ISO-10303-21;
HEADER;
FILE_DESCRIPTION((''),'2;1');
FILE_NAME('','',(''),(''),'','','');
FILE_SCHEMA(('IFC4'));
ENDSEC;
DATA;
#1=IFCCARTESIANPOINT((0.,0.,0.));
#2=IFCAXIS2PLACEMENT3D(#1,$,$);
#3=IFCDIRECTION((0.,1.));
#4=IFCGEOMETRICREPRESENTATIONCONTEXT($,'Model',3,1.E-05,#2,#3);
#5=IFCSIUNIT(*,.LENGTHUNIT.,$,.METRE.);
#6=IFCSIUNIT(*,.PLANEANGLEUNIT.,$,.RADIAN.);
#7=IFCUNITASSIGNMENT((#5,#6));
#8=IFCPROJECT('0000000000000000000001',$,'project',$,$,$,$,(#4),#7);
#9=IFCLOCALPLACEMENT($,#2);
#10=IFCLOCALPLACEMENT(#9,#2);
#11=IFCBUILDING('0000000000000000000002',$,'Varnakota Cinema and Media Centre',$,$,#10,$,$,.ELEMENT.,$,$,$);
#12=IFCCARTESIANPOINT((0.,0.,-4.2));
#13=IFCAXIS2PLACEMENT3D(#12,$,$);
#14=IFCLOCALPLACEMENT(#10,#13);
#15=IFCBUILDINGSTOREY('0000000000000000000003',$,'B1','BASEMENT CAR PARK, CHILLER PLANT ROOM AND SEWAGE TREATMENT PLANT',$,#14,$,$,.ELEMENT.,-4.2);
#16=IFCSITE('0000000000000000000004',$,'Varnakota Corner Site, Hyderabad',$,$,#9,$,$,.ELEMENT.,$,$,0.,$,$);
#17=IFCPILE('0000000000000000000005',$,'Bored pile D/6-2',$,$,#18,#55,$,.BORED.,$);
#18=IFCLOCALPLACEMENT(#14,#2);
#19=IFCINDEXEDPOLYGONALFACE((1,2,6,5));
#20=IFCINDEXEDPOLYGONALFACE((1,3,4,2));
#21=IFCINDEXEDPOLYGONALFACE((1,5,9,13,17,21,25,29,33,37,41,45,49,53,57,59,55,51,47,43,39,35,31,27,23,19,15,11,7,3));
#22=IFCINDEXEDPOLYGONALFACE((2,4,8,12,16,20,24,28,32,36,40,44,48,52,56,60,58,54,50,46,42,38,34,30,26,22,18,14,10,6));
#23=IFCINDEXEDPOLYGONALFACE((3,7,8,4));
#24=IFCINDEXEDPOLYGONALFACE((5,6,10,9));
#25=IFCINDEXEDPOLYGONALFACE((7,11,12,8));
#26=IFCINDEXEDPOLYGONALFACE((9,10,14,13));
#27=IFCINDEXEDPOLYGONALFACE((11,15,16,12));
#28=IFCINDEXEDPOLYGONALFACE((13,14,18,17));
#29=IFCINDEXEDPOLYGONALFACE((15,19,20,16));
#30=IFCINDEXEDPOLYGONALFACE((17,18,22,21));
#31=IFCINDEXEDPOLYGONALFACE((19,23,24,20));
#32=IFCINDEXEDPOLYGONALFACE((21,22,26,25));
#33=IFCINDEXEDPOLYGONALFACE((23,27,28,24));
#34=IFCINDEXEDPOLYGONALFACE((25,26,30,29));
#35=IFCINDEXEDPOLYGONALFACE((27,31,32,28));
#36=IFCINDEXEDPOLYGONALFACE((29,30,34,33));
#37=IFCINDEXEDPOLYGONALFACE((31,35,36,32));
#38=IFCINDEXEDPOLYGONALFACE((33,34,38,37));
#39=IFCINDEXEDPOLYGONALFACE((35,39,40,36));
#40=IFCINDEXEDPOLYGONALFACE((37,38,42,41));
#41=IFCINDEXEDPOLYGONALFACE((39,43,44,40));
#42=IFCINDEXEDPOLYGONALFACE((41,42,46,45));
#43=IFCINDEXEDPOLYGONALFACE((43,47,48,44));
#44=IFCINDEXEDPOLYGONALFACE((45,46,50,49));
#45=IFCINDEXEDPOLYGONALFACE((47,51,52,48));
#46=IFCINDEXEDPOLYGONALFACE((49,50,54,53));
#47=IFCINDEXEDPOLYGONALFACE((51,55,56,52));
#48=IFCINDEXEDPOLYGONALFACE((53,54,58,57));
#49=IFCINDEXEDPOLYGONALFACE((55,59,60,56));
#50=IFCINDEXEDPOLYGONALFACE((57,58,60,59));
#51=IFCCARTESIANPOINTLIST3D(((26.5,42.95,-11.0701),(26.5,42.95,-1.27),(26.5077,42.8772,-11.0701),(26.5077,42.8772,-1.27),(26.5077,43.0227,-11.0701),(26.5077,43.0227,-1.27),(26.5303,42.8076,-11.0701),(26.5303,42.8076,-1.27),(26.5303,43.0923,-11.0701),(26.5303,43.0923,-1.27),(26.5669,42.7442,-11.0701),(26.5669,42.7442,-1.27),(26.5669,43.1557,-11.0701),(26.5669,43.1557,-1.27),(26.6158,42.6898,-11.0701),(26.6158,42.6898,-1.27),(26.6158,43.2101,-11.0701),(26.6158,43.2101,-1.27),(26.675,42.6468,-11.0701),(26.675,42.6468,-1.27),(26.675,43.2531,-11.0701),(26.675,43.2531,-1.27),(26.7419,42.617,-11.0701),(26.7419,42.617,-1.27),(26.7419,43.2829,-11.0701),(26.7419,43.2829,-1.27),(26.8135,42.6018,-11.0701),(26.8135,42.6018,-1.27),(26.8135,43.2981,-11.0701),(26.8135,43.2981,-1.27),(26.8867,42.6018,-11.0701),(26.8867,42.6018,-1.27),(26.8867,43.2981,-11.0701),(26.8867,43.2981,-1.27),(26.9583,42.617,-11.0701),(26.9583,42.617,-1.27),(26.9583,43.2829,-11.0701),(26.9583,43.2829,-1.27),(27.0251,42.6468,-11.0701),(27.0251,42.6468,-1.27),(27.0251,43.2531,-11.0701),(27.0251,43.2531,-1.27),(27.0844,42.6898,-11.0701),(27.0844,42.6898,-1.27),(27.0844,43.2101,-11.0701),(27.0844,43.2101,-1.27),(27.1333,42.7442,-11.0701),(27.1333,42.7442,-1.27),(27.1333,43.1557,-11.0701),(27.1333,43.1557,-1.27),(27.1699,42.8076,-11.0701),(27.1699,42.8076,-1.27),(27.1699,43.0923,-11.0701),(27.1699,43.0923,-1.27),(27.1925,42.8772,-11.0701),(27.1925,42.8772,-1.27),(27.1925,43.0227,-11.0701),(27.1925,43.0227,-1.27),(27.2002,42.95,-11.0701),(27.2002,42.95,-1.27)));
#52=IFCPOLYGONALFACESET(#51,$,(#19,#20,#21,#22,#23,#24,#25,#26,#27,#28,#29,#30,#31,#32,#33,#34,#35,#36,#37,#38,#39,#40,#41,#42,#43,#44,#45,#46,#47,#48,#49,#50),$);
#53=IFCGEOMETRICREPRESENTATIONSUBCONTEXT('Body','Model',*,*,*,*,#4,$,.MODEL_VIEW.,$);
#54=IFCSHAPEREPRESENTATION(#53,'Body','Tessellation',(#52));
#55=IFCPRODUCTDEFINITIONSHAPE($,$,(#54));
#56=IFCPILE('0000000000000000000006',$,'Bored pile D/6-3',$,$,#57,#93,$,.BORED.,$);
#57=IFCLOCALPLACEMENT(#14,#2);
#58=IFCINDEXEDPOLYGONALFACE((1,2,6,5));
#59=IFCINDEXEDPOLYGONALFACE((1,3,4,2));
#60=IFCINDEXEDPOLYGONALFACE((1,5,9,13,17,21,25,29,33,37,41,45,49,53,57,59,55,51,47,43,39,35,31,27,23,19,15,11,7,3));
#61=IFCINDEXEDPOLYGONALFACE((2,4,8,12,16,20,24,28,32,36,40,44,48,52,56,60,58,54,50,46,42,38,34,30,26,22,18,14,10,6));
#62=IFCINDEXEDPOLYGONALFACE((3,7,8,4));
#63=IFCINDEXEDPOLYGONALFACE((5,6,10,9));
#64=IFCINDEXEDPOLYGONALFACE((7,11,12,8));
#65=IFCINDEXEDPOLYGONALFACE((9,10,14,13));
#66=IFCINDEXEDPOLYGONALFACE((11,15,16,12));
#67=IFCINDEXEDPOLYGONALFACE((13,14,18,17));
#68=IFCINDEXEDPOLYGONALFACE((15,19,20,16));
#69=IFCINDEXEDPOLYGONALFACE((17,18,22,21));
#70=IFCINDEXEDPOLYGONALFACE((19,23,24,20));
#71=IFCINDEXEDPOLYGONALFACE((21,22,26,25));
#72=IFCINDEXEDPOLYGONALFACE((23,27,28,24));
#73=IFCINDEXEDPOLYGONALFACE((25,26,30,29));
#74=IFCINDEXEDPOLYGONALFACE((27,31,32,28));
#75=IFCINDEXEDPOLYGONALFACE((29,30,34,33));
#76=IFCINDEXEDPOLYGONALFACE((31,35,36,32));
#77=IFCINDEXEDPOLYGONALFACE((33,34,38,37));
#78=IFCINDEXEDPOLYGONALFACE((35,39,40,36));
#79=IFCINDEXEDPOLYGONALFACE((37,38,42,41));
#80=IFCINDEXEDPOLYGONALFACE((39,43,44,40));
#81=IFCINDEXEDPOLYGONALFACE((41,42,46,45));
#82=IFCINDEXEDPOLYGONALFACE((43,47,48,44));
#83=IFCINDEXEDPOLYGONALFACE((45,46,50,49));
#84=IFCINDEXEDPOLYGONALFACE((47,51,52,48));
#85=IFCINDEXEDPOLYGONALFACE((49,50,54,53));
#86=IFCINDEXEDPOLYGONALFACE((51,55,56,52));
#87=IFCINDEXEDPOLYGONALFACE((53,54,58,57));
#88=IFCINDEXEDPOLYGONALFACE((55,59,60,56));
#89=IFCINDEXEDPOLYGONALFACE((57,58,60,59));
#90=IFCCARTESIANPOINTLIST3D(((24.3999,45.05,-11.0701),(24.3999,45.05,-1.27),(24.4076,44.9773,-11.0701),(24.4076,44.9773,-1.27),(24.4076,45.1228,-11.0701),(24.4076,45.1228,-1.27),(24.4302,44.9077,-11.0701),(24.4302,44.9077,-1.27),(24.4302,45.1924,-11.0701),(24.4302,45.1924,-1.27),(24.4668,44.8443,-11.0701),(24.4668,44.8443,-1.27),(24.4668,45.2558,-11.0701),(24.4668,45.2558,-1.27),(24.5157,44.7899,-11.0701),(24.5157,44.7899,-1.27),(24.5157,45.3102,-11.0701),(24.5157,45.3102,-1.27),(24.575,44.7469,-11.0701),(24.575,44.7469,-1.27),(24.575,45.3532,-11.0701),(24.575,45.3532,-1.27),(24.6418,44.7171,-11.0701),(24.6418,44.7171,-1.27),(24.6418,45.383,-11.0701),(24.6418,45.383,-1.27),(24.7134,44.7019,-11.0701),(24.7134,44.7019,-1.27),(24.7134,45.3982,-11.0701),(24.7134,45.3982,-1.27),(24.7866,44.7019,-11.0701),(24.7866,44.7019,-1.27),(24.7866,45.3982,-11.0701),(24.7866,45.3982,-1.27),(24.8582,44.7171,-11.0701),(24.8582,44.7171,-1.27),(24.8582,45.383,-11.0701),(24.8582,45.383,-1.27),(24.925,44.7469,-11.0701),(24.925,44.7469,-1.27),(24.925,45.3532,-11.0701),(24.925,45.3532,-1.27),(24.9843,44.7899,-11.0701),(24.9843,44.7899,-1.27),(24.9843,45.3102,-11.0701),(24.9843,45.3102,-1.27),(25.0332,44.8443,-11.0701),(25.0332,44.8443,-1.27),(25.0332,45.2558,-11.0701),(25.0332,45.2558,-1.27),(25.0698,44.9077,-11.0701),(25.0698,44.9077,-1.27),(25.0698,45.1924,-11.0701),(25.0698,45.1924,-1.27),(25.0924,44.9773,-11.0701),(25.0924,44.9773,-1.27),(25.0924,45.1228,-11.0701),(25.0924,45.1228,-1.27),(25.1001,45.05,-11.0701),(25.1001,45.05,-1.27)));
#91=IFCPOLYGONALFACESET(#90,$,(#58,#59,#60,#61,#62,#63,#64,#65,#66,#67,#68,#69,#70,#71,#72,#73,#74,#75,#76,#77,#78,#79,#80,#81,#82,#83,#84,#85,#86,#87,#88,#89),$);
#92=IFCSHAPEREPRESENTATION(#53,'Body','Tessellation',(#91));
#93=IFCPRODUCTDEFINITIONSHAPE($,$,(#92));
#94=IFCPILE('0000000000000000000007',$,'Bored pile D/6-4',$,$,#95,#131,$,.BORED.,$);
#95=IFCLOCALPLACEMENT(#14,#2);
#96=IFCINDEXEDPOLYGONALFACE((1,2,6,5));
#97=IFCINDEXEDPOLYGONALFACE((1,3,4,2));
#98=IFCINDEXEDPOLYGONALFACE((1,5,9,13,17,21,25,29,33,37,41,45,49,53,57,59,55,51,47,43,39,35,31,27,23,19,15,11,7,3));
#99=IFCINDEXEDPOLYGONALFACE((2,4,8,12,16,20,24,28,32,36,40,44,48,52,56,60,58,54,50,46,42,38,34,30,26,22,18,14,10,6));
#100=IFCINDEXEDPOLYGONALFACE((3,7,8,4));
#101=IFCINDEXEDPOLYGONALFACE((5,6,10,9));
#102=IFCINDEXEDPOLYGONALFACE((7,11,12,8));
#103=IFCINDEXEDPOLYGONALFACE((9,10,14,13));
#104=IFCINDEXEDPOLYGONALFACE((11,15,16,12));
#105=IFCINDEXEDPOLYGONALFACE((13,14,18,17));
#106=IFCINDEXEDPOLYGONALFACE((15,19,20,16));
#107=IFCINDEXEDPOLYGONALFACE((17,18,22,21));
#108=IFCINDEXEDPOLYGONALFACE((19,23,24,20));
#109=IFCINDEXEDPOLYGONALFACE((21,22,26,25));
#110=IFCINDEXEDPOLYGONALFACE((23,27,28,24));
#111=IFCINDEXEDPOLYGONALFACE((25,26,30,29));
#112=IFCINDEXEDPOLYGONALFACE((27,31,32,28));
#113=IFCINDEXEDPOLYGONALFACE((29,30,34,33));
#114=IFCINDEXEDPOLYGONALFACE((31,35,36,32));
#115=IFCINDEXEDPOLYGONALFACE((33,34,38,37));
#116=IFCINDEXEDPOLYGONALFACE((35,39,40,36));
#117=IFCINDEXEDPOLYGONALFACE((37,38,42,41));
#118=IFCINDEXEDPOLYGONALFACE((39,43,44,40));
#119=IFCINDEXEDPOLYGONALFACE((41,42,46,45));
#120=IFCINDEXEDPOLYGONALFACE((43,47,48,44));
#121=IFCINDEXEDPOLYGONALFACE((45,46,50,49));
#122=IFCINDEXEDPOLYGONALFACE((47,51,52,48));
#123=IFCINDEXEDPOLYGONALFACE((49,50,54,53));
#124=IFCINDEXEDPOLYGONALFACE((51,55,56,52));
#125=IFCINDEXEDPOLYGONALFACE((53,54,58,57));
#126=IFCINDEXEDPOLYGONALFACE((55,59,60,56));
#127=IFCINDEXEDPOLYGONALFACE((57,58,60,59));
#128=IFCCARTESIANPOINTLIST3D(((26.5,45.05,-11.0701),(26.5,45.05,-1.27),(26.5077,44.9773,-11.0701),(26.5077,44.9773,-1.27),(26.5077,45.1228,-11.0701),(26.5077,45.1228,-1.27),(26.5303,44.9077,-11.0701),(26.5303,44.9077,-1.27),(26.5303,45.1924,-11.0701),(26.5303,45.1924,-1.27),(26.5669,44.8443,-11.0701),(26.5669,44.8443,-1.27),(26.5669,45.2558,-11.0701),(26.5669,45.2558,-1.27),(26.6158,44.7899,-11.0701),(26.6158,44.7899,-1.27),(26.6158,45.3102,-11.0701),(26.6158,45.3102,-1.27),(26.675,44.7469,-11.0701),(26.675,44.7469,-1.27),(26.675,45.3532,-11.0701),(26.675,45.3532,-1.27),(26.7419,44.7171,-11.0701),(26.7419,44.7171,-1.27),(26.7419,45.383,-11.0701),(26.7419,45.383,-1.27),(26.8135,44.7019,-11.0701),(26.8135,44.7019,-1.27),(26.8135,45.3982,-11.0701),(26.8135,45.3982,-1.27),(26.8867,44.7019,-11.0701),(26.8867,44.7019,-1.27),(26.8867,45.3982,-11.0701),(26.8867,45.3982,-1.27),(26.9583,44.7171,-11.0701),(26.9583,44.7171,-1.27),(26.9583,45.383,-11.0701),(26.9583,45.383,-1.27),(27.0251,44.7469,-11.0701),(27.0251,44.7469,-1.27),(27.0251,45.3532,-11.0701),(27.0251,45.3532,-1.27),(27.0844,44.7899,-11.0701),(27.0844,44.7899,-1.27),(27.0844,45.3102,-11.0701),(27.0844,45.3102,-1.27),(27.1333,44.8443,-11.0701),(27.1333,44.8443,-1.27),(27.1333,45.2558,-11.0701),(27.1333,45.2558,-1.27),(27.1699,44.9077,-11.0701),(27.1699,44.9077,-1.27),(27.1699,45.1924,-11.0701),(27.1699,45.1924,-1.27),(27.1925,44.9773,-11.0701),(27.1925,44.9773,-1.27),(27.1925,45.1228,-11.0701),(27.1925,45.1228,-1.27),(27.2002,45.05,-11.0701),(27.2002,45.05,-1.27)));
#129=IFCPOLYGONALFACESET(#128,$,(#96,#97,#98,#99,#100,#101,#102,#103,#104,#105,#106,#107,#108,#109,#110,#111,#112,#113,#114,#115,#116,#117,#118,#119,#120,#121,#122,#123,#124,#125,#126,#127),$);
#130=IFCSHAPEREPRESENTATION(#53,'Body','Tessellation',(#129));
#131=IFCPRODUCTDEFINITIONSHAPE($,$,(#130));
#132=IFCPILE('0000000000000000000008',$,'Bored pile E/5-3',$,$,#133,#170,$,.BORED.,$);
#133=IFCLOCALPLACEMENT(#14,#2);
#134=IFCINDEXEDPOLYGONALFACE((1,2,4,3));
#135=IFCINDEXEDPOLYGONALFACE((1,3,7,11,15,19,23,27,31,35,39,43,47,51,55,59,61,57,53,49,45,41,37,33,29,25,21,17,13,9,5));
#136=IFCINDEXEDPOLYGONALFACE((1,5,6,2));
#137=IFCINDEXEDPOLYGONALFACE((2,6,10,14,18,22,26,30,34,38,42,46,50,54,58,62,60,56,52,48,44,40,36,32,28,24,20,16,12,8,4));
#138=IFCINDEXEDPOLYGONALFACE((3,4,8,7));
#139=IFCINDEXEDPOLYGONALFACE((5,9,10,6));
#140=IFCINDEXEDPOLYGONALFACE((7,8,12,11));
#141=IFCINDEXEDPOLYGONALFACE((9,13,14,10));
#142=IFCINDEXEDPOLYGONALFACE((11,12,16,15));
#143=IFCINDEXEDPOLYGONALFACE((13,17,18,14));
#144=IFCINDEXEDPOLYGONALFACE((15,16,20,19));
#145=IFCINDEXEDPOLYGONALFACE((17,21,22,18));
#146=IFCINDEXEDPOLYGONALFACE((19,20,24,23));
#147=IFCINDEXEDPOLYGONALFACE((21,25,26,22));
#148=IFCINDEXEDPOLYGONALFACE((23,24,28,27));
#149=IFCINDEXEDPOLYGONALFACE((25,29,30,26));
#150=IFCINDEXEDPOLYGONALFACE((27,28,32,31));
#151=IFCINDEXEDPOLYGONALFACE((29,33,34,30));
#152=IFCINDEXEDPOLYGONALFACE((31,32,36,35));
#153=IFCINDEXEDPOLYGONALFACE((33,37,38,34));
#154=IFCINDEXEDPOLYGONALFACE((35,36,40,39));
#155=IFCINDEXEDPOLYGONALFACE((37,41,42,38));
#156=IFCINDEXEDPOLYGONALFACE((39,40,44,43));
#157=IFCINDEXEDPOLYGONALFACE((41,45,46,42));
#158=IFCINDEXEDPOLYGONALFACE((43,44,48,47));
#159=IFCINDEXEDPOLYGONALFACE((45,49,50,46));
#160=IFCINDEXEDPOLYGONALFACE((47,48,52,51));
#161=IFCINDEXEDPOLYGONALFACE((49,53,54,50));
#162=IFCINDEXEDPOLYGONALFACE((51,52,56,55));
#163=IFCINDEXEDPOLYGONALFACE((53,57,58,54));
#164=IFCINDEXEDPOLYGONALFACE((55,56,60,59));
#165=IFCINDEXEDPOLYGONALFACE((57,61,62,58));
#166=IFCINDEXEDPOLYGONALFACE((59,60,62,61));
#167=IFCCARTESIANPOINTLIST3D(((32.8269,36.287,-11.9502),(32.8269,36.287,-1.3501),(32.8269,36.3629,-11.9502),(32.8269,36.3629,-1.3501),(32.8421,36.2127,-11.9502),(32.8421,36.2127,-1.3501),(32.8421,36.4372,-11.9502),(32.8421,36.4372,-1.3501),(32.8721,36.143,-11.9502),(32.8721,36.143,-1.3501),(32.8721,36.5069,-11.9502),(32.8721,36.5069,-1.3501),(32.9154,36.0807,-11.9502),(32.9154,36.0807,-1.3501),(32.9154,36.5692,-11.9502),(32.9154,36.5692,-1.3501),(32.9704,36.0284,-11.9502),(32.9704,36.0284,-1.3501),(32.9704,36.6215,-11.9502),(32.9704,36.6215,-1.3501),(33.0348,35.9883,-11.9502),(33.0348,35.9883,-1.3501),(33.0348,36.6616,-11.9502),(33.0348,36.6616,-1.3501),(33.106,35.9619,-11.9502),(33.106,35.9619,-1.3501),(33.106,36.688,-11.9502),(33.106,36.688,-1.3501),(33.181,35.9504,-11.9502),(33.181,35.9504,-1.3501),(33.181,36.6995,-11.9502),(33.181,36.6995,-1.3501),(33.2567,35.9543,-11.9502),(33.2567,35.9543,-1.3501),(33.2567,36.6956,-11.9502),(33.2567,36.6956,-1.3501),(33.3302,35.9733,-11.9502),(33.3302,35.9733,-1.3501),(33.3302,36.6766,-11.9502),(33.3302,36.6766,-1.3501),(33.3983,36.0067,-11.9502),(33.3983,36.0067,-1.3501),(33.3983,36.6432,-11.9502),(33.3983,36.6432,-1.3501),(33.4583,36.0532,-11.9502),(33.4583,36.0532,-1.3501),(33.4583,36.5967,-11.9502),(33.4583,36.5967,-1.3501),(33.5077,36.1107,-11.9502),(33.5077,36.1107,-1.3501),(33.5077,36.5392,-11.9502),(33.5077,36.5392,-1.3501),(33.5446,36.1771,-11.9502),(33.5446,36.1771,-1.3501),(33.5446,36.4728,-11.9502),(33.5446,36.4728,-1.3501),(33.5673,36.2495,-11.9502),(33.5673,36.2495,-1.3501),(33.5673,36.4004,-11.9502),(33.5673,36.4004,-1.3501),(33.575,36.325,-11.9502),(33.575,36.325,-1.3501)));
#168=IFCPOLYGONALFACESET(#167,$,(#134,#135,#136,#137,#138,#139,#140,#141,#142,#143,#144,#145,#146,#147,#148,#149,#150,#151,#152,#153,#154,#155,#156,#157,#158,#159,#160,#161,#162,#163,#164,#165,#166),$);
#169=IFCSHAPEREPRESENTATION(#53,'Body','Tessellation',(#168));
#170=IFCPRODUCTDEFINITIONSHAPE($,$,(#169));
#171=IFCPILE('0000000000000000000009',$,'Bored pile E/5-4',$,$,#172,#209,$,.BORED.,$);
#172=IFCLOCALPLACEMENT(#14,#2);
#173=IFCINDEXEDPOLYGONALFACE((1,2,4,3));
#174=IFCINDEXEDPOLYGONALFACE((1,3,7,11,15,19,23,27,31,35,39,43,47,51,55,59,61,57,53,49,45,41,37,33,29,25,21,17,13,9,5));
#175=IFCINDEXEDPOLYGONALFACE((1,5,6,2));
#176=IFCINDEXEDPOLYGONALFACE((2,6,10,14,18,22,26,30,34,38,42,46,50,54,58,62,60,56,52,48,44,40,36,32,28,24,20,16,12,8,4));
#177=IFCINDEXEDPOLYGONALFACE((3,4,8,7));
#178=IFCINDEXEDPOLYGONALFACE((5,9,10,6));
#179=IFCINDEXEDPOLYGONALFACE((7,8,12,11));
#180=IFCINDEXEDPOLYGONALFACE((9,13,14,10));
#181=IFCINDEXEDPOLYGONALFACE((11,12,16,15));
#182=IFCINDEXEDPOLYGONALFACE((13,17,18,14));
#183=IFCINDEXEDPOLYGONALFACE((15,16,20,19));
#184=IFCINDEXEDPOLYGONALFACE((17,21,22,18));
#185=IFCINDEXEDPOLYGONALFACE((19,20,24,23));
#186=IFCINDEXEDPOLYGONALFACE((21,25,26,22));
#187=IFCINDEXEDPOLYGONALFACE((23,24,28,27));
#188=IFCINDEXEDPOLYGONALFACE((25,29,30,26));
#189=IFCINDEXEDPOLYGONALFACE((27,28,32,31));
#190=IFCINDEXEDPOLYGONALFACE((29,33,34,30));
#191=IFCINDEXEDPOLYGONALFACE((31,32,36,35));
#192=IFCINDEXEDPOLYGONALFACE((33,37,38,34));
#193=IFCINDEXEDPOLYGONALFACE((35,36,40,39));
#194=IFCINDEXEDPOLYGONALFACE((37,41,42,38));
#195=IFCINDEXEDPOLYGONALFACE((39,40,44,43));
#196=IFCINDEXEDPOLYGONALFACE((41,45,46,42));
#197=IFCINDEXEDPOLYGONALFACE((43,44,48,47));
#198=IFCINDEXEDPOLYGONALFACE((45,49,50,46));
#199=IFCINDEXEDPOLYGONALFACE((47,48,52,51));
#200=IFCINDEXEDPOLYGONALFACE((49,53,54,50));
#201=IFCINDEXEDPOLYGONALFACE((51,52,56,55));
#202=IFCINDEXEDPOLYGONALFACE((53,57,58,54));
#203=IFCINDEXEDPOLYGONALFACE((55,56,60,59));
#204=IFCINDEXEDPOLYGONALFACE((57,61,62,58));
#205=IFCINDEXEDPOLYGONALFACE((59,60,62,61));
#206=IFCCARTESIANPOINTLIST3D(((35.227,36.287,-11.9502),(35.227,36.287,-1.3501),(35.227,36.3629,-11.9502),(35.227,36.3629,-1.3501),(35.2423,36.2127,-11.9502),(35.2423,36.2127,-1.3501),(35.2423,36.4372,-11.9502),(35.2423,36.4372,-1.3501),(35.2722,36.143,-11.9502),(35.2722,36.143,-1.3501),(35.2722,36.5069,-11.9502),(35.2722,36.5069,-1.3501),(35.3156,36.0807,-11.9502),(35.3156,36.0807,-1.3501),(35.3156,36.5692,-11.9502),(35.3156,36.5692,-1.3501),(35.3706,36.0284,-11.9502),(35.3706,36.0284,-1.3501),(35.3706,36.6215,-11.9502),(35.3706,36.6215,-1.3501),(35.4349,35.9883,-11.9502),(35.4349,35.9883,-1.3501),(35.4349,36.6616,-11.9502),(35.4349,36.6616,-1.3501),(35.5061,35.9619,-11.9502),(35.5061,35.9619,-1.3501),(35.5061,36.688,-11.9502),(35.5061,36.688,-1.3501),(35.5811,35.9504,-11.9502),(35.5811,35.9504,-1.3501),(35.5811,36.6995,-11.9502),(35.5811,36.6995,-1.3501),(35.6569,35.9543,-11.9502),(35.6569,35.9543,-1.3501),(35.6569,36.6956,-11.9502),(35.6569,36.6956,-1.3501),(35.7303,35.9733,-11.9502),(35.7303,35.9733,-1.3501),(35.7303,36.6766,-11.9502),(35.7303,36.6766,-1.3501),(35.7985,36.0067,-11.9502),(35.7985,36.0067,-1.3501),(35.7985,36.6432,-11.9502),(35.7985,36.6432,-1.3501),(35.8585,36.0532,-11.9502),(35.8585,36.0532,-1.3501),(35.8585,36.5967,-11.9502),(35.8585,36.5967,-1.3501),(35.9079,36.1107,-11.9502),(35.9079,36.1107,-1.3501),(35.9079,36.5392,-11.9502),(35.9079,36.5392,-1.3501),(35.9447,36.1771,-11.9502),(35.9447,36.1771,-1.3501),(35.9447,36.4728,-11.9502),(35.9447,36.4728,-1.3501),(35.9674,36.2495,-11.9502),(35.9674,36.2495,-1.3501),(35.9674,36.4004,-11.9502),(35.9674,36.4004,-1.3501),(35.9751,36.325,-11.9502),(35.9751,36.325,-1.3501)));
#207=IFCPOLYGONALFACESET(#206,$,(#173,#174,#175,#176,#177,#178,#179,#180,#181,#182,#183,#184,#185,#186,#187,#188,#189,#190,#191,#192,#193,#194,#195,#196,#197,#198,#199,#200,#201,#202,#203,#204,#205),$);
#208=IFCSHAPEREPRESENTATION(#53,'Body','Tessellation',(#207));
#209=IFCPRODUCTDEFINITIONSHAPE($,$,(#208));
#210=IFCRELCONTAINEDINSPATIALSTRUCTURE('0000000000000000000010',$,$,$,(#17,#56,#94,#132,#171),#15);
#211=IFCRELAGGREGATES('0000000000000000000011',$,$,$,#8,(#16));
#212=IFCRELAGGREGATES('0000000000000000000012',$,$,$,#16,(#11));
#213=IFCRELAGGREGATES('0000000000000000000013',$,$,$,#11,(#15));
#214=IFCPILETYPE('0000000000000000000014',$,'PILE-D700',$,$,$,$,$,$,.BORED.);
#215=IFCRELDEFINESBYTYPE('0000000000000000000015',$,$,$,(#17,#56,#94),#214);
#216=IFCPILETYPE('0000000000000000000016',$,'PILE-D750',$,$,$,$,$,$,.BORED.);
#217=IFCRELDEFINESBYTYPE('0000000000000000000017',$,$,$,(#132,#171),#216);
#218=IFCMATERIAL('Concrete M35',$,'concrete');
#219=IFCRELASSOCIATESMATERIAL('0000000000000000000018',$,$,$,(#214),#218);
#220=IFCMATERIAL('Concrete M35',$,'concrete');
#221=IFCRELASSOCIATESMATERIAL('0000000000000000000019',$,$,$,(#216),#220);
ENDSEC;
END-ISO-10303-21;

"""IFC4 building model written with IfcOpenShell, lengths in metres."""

from ifc_helpers import new_model, si_unit, direction, frame, origin, origin_2d, place, context, subcontext, project, spatial, circle, extrude, material, material_profile, profile_set, type_object, element, save


model = new_model("IFC4")

# Units and contexts
model_context = context("Model", 3, precision=1e-05, world=origin(), true_north=direction((0.0, 1.0)))
body_context = subcontext(model_context, "Body", "Model", "MODEL_VIEW")
ifc_project = project(units=[si_unit("LENGTHUNIT", "METRE"), si_unit("PLANEANGLEUNIT", "RADIAN")], contexts=[model_context])

# Site, building, storey
site_placement = place(None, origin())
site = spatial("IfcSite", under=ifc_project, at=site_placement, Name="Varnakota Corner Site, Hyderabad", CompositionType="ELEMENT", RefElevation=0.0)
building_placement = place(site_placement, origin())
building = spatial("IfcBuilding", under=site, at=building_placement, Name="Varnakota Cinema and Media Centre", CompositionType="ELEMENT")
storey_placement = place(building_placement, frame((0.0, 0.0, -4.2)))
storey = spatial("IfcBuildingStorey", under=building, at=storey_placement, Name="B1", Description="BASEMENT CAR PARK, CHILLER PLANT ROOM AND SEWAGE TREATMENT PLANT", CompositionType="ELEMENT", Elevation=-4.2)

# Piles
ifc_material_1 = material(Name="Concrete M35", Category="concrete")
ifc_material_profile_1 = material_profile(ifc_material_1, circle(Radius=0.3501, at=origin_2d()), Name="PILE D700")
ifc_profile_set_1 = profile_set([ifc_material_profile_1], Name="Concrete M35")
pile_type_1 = type_object("IfcPileType", Name="PILE-D700", PredefinedType="BORED", material=ifc_profile_set_1)
for number, where, z_axis, x_axis, name in (
    (1, (26.8501, 42.95, -1.27), (0.0, 0.0, -1.0), (1.0, 0.0, 0.0), "Bored pile D/6-2"),
    (2, (24.75, 45.05, -1.27), (0.0, 0.0, -1.0), (1.0, 0.0, 0.0), "Bored pile D/6-3"),
    (3, (26.8501, 45.05, -1.27), (0.0, 0.0, -1.0), (1.0, 0.0, 0.0), "Bored pile D/6-4"),
):
    element("IfcPile", number, at=place(storey_placement, frame(where, z_axis=z_axis, x_axis=x_axis)), inside=storey, type_object=pile_type_1, Name=name, PredefinedType="BORED", context=body_context, shape_type="SweptSolid", body=[
        extrude(circle(Radius=0.3501, at=origin_2d()), origin(), (0.0, 0.0, 1.0), 9.8),
    ])
ifc_material_2 = material(Name="Concrete M35", Category="concrete")
ifc_material_profile_2 = material_profile(ifc_material_2, circle(Radius=0.375, at=origin_2d()), Name="PILE D750")
ifc_profile_set_2 = profile_set([ifc_material_profile_2], Name="Concrete M35")
pile_type_2 = type_object("IfcPileType", Name="PILE-D750", PredefinedType="BORED", material=ifc_profile_set_2)
for number, where, z_axis, x_axis, name in (
    (4, (33.2, 36.325, -1.3501), (0.0, 0.0, -1.0), (1.0, 0.0, 0.0), "Bored pile E/5-3"),
    (5, (35.6001, 36.325, -1.3501), (0.0, 0.0, -1.0), (1.0, 0.0, 0.0), "Bored pile E/5-4"),
):
    element("IfcPile", number, at=place(storey_placement, frame(where, z_axis=z_axis, x_axis=x_axis)), inside=storey, type_object=pile_type_2, Name=name, PredefinedType="BORED", context=body_context, shape_type="SweptSolid", body=[
        extrude(circle(Radius=0.375, at=origin_2d()), origin(), (0.0, 0.0, 1.0), 10.6001),
    ])

save(model, "model.ifc")
